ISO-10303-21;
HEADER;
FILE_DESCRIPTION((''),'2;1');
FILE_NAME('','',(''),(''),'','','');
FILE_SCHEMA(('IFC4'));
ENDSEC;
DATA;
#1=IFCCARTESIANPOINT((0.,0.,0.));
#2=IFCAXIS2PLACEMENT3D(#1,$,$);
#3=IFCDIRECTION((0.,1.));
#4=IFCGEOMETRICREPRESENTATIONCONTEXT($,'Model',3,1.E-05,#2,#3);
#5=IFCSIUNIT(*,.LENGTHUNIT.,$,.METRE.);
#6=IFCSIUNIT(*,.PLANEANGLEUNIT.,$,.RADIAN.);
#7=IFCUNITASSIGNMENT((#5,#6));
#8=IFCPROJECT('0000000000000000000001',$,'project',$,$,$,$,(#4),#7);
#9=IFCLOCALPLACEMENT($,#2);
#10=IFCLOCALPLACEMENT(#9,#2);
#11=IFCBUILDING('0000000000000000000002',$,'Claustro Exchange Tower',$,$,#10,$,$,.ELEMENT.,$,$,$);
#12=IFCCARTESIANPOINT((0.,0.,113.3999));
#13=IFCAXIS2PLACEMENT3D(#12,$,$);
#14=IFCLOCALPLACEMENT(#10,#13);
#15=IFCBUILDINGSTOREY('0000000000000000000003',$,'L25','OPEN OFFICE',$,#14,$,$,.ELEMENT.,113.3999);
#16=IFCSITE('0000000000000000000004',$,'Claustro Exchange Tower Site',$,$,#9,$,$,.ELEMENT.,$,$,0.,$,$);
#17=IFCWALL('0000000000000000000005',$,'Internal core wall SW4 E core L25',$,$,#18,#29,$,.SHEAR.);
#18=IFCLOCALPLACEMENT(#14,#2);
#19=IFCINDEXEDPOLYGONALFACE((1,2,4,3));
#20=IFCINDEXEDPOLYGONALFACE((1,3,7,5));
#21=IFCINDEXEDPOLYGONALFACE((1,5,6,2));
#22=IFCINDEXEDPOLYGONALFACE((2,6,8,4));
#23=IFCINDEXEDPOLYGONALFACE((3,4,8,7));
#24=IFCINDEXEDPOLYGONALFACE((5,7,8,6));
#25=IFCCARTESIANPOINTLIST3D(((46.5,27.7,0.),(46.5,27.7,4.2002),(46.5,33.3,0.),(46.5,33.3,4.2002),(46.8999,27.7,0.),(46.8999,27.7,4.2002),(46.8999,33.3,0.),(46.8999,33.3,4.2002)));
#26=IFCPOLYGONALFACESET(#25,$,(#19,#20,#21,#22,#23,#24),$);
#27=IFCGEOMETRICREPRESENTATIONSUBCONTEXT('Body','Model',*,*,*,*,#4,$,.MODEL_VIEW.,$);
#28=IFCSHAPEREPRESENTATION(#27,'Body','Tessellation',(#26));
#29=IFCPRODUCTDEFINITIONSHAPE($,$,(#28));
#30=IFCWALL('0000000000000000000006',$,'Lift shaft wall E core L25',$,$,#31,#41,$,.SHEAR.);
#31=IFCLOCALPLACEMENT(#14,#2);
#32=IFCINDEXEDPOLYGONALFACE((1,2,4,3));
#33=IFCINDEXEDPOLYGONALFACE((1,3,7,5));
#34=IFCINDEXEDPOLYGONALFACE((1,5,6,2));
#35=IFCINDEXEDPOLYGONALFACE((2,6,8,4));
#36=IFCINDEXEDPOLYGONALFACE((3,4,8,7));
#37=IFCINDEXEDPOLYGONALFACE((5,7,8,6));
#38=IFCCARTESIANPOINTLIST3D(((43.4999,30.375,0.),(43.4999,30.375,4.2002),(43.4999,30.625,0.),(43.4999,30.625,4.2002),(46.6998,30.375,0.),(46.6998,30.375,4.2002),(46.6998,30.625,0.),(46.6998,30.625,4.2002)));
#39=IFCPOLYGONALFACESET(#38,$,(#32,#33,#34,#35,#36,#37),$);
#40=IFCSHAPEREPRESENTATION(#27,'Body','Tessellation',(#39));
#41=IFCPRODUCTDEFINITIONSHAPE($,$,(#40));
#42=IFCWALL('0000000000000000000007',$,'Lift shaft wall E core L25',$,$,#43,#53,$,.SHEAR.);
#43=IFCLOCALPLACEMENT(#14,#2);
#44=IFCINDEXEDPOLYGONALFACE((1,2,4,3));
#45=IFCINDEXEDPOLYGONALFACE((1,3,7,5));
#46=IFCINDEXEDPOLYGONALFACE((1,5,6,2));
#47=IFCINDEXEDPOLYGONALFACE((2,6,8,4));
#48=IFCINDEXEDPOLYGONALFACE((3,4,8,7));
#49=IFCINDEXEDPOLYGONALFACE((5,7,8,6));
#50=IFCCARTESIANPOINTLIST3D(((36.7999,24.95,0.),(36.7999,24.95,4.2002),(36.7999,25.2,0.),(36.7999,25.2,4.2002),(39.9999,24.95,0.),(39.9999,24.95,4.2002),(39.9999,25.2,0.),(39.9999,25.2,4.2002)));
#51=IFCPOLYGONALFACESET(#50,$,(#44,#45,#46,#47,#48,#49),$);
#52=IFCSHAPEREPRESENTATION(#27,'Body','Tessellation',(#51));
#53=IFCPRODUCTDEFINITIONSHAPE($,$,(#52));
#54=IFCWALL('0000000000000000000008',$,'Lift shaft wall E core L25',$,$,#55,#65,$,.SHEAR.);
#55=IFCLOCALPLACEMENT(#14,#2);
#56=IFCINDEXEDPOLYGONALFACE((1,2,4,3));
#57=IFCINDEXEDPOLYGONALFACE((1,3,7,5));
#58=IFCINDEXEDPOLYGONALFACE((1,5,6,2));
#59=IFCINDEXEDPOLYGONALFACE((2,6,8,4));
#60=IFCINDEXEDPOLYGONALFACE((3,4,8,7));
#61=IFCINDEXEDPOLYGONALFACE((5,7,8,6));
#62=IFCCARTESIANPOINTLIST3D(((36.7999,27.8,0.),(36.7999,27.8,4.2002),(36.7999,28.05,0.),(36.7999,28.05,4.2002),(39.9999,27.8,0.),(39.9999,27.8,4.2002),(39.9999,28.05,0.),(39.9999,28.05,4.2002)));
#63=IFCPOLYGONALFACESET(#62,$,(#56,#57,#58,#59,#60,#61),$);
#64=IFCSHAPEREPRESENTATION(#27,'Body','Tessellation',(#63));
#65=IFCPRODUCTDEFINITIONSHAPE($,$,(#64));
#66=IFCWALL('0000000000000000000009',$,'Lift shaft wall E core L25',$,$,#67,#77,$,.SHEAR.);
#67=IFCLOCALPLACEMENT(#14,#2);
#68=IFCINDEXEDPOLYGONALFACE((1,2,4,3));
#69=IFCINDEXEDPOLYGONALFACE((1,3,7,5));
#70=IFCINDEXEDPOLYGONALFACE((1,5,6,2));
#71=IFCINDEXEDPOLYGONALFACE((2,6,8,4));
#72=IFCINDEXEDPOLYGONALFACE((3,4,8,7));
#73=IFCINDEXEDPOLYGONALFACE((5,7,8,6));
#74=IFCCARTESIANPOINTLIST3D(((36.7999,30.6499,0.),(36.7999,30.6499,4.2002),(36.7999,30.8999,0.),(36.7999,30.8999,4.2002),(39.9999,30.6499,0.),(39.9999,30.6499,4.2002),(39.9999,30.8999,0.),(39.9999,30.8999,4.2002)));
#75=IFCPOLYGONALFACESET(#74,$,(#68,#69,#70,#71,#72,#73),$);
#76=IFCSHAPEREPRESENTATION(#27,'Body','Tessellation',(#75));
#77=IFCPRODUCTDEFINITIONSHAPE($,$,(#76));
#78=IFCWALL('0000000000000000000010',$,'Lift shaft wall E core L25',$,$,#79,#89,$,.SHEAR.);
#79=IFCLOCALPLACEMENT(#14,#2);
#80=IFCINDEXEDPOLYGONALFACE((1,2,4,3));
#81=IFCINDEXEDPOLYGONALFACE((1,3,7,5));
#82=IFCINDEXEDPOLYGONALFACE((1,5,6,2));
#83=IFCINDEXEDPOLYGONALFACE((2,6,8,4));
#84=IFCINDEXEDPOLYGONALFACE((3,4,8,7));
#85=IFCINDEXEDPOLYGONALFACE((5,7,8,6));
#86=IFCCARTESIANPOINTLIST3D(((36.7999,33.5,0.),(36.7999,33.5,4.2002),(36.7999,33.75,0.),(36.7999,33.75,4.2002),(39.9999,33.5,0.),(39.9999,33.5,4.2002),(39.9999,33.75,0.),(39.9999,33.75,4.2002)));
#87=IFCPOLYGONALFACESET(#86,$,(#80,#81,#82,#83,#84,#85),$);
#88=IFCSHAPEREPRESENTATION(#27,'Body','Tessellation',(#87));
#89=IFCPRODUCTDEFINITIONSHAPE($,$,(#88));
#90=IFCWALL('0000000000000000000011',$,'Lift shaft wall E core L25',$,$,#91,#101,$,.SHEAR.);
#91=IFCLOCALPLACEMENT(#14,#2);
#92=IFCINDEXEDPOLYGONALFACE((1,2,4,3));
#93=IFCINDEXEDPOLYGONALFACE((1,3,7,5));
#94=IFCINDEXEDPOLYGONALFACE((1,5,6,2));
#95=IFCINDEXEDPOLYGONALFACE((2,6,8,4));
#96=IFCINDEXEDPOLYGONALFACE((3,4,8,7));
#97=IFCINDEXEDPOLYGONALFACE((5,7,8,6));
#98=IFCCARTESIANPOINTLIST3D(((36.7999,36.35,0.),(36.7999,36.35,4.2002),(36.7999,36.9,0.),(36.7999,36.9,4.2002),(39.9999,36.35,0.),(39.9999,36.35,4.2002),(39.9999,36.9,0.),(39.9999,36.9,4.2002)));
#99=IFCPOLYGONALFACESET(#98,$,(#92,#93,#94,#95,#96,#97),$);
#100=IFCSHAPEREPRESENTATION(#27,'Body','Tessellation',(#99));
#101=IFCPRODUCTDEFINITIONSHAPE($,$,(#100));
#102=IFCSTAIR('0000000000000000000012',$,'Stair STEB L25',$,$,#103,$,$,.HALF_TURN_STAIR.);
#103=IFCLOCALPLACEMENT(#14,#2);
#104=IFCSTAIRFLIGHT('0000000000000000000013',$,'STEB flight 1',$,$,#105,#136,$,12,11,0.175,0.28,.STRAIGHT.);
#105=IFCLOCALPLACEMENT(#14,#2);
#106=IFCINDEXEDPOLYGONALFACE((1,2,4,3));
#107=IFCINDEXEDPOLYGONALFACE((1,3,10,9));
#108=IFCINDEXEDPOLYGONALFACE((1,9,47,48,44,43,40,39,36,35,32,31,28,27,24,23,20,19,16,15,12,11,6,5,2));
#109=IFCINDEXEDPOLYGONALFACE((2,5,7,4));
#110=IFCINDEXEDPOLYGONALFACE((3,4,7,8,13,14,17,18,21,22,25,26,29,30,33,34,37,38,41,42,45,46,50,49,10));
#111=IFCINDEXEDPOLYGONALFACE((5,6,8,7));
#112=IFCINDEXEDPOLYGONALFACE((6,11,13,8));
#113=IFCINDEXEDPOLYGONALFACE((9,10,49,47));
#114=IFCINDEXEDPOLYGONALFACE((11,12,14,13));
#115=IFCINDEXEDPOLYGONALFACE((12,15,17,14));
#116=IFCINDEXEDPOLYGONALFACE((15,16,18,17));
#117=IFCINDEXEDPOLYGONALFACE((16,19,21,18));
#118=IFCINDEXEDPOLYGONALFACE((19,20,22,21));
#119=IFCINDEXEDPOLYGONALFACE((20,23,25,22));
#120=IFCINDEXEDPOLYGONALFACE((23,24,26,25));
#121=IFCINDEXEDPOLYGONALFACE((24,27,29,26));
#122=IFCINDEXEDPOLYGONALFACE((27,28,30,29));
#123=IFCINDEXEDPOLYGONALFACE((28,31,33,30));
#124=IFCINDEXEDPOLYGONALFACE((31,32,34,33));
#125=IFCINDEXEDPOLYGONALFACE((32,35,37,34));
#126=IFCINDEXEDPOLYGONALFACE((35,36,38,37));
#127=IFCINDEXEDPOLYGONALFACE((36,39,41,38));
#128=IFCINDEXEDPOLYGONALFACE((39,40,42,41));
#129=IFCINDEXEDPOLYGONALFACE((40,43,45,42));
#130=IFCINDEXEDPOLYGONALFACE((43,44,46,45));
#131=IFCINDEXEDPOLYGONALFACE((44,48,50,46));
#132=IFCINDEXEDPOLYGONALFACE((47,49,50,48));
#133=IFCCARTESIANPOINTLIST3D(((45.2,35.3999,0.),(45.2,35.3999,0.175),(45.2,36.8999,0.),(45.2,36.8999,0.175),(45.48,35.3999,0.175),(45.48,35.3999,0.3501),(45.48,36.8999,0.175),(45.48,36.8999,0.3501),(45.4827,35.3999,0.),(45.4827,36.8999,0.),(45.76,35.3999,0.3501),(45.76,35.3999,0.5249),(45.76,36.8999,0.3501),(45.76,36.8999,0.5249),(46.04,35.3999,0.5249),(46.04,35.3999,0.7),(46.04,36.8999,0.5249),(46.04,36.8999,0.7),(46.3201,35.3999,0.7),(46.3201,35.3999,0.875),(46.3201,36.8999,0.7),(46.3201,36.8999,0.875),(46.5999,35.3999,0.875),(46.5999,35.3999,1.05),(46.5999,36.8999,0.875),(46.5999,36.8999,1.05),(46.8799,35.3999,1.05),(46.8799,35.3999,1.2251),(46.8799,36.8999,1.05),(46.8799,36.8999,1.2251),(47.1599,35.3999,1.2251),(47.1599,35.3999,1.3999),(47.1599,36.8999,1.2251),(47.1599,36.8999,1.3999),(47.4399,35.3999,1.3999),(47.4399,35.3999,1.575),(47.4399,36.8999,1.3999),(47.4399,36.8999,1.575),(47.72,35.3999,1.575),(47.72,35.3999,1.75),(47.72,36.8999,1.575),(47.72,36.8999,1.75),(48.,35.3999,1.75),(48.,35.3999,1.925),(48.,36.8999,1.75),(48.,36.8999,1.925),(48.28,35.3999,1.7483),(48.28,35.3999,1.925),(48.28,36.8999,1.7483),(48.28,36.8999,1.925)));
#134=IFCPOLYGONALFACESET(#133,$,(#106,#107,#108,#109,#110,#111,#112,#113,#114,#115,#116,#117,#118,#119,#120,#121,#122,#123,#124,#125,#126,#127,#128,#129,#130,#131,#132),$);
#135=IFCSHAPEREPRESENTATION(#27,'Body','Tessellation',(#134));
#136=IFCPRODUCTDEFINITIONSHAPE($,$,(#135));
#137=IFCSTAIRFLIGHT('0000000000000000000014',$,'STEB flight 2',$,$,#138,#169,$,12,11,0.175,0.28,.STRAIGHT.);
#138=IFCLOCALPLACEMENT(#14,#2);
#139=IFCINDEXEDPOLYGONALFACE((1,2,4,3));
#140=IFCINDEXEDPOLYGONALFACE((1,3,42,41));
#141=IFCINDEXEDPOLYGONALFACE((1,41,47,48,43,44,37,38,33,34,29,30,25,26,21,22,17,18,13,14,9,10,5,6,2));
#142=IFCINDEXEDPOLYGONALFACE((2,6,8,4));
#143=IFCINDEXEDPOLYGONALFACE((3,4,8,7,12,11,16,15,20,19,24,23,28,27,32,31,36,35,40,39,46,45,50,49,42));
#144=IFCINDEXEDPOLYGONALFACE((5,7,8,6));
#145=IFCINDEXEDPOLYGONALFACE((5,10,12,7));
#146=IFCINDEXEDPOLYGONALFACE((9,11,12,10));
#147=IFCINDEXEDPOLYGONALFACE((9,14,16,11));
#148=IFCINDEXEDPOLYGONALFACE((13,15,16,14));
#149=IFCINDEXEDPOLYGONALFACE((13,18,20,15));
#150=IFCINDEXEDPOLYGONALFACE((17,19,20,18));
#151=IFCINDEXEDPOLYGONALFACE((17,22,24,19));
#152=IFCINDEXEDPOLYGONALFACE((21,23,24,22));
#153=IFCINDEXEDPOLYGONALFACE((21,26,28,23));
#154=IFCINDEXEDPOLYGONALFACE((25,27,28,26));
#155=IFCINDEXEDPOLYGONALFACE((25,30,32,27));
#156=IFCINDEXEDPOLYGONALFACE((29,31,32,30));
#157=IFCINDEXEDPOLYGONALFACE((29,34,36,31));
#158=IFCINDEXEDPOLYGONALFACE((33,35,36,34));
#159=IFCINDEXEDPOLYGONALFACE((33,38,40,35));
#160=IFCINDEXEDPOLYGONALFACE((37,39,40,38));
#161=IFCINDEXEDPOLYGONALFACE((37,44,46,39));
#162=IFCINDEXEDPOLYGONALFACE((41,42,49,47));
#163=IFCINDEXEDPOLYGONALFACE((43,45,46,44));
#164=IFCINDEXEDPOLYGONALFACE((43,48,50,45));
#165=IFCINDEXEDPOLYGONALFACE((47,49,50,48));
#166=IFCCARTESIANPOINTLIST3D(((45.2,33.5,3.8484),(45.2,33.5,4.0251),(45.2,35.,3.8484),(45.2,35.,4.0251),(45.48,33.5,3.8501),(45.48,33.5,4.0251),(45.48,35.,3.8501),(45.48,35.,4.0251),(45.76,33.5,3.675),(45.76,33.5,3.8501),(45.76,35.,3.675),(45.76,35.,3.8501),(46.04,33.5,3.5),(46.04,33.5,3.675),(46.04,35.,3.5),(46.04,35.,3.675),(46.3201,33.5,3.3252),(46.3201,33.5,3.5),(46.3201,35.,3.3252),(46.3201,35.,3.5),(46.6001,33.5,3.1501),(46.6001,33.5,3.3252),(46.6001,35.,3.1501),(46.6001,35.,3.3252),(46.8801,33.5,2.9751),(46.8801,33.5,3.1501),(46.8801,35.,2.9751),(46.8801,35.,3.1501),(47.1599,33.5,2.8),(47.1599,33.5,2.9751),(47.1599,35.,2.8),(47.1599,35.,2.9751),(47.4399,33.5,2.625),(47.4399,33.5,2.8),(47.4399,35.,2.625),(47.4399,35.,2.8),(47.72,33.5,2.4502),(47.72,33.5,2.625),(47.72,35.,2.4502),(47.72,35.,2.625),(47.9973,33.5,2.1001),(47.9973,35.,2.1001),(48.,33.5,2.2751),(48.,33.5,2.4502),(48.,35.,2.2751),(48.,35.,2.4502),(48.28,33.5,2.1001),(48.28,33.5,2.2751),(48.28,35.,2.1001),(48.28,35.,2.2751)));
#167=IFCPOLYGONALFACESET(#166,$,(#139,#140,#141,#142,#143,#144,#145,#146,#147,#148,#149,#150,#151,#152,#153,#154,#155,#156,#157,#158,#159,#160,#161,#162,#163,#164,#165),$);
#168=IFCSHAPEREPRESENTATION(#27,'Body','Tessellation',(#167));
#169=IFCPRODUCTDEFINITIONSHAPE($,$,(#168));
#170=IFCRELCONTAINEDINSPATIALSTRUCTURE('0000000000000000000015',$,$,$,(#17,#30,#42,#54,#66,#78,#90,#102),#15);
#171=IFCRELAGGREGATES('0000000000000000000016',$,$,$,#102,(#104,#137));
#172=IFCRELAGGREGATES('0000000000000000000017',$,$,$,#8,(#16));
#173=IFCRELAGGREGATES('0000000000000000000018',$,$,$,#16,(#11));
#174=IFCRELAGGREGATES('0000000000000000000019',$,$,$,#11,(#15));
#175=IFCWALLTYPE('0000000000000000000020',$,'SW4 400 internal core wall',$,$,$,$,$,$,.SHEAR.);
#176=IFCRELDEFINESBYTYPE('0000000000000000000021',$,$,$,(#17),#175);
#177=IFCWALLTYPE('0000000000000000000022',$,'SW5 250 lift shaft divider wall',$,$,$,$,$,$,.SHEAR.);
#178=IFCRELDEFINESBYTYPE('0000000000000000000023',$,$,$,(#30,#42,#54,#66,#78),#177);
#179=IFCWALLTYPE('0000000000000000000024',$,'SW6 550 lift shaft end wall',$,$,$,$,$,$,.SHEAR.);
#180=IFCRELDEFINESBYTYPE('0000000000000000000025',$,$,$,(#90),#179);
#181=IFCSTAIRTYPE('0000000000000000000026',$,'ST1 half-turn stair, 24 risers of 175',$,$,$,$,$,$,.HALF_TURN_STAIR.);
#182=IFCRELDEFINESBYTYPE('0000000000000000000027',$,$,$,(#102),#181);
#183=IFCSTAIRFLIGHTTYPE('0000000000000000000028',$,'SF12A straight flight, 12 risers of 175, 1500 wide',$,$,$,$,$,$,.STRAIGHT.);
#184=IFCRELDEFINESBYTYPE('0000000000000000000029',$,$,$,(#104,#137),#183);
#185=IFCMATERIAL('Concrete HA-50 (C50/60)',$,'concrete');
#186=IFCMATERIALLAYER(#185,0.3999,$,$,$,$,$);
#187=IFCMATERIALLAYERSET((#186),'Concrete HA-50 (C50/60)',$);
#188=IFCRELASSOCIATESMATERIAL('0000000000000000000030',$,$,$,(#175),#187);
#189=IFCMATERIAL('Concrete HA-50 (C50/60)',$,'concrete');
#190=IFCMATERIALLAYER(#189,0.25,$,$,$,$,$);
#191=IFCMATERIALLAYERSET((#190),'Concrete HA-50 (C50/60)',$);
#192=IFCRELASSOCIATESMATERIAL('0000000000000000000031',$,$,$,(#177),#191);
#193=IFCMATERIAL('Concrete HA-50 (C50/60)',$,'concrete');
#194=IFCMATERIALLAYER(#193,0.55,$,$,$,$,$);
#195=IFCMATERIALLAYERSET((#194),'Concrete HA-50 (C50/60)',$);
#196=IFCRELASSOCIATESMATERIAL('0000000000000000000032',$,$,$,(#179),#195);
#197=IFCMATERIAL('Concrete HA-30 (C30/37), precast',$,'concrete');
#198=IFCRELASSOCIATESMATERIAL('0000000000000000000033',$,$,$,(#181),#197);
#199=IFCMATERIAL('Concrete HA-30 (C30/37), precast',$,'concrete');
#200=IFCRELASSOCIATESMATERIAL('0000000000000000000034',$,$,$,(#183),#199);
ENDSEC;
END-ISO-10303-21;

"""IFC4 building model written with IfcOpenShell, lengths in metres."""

from ifc_helpers import new_model, si_unit, direction, frame, frame_2d, origin, place, context, subcontext, project, spatial, polyline, rectangle, outline, extrude, material, layer, layer_set, type_object, element, aggregate, save


model = new_model("IFC4")

# Units and contexts
model_context = context("Model", 3, precision=1e-05, world=origin(), true_north=direction((0.0, 1.0)))
body_context = subcontext(model_context, "Body", "Model", "MODEL_VIEW")
ifc_project = project(units=[si_unit("LENGTHUNIT", "METRE"), si_unit("PLANEANGLEUNIT", "RADIAN")], contexts=[model_context])

# Site, building, storey
site_placement = place(None, origin())
site = spatial("IfcSite", under=ifc_project, at=site_placement, Name="Claustro Exchange Tower Site", CompositionType="ELEMENT", RefElevation=0.0)
building_placement = place(site_placement, origin())
building = spatial("IfcBuilding", under=site, at=building_placement, Name="Claustro Exchange Tower", CompositionType="ELEMENT")
storey_placement = place(building_placement, frame((0.0, 0.0, 113.3999)))
storey = spatial("IfcBuildingStorey", under=building, at=storey_placement, Name="L25", Description="OPEN OFFICE", CompositionType="ELEMENT", Elevation=113.3999)

# Walls
ifc_material_1 = material(Name="Concrete HA-50 (C50/60)", Category="concrete")
ifc_layer_1 = layer(ifc_material_1, 0.3999)
ifc_layer_set_1 = layer_set([ifc_layer_1], Name="Concrete HA-50 (C50/60)")
wall_type_1 = type_object("IfcWallType", Name="SW4 400 internal core wall", PredefinedType="SHEAR", material=ifc_layer_set_1)
wall_1_placement = place(storey_placement, frame((46.7, 27.7, 0.0), z_axis=(0.0, 0.0, 1.0), x_axis=(0.0, 1.0, 0.0)))
element("IfcWall", 1, at=wall_1_placement, inside=storey, type_object=wall_type_1, Name="Internal core wall SW4 E core L25", PredefinedType="SHEAR", context=body_context, shape_type="SweptSolid", body=[
    extrude(rectangle(XDim=5.6001, YDim=0.3999, at=frame_2d((2.8, 0.0))), origin(), (0.0, 0.0, 1.0), 4.2002),
])
ifc_material_2 = material(Name="Concrete HA-50 (C50/60)", Category="concrete")
ifc_layer_2 = layer(ifc_material_2, 0.25)
ifc_layer_set_2 = layer_set([ifc_layer_2], Name="Concrete HA-50 (C50/60)")
wall_type_2 = type_object("IfcWallType", Name="SW5 250 lift shaft divider wall", PredefinedType="SHEAR", material=ifc_layer_set_2)
for number, where, z_axis, x_axis, name in (
    (2, (46.7, 30.5, 0.0), (0.0, 0.0, 1.0), (-1.0, 0.0, 0.0), "Lift shaft wall E core L25"),
    (3, (40.0, 25.075, 0.0), (0.0, 0.0, 1.0), (-1.0, 0.0, 0.0), "Lift shaft wall E core L25"),
    (4, (40.0, 27.925, 0.0), (0.0, 0.0, 1.0), (-1.0, 0.0, 0.0), "Lift shaft wall E core L25"),
    (5, (40.0, 30.7749, 0.0), (0.0, 0.0, 1.0), (-1.0, 0.0, 0.0), "Lift shaft wall E core L25"),
    (6, (40.0, 33.625, 0.0), (0.0, 0.0, 1.0), (-1.0, 0.0, 0.0), "Lift shaft wall E core L25"),
):
    element("IfcWall", number, at=place(storey_placement, frame(where, z_axis=z_axis, x_axis=x_axis)), inside=storey, type_object=wall_type_2, Name=name, PredefinedType="SHEAR", context=body_context, shape_type="SweptSolid", body=[
        extrude(rectangle(XDim=3.2, YDim=0.25, at=frame_2d((1.6001, 0.0))), origin(), (0.0, 0.0, 1.0), 4.2002),
    ])
ifc_material_3 = material(Name="Concrete HA-50 (C50/60)", Category="concrete")
ifc_layer_3 = layer(ifc_material_3, 0.55)
ifc_layer_set_3 = layer_set([ifc_layer_3], Name="Concrete HA-50 (C50/60)")
wall_type_3 = type_object("IfcWallType", Name="SW6 550 lift shaft end wall", PredefinedType="SHEAR", material=ifc_layer_set_3)
wall_2_placement = place(storey_placement, frame((40.0, 36.625, 0.0), z_axis=(0.0, 0.0, 1.0), x_axis=(-1.0, 0.0, 0.0)))
element("IfcWall", 7, at=wall_2_placement, inside=storey, type_object=wall_type_3, Name="Lift shaft wall E core L25", PredefinedType="SHEAR", context=body_context, shape_type="SweptSolid", body=[
    extrude(rectangle(XDim=3.2, YDim=0.55, at=frame_2d((1.6001, 0.0))), origin(), (0.0, 0.0, 1.0), 4.2002),
])

# Stair, stair flights
ifc_material_4 = material(Name="Concrete HA-30 (C30/37), precast", Category="concrete")
stair_type = type_object("IfcStairType", Name="ST1 half-turn stair, 24 risers of 175", PredefinedType="HALF_TURN_STAIR", material=ifc_material_4)
stair_placement = place(storey_placement, origin())
stair = element("IfcStair", 8, at=stair_placement, inside=storey, type_object=stair_type, Name="Stair STEB L25", PredefinedType="HALF_TURN_STAIR")
ifc_material_5 = material(Name="Concrete HA-30 (C30/37), precast", Category="concrete")
stair_flight_type = type_object("IfcStairFlightType", Name="SF12A straight flight, 12 risers of 175, 1500 wide", PredefinedType="STRAIGHT", material=ifc_material_5)
stair_flight_1_placement = place(storey_placement, frame((45.2, 36.1499, 0.0), z_axis=(0.0, 0.0, 1.0), x_axis=(1.0, 0.0, 0.0)))
stair_flight_1 = element("IfcStairFlight", 9, at=stair_flight_1_placement, type_object=stair_flight_type, Name="STEB flight 1", NumberOfRisers=12, NumberOfTreads=11, PredefinedType="STRAIGHT", RiserHeight=0.175, TreadLength=0.28, context=body_context, shape_type="SweptSolid", body=[
    extrude(outline(polyline([(0.0, 0.0), (0.0, 0.175), (0.28, 0.175), (0.28, 0.3501), (0.5601, 0.3501), (0.5601, 0.5249), (0.8401, 0.5249), (0.8401, 0.7), (1.1201, 0.7), (1.1201, 0.875), (1.3999, 0.875), (1.3999, 1.05), (1.6799, 1.05), (1.6799, 1.2251), (1.96, 1.2251), (1.96, 1.3999), (2.24, 1.3999), (2.24, 1.575), (2.52, 1.575), (2.52, 1.75), (2.8, 1.75), (2.8, 1.925), (3.0801, 1.925), (3.0801, 2.1001), (3.0801, 1.7483), (0.2827, 0.0), (0.0, 0.0)])), frame((0.0, 0.75, 0.0), z_axis=(0.0, -1.0, 0.0), x_axis=(1.0, 0.0, 0.0)), (0.0, 0.0, 1.0), 1.5),
])
stair_flight_2_placement = place(storey_placement, frame((48.28, 34.25, 2.1001), z_axis=(0.0, 0.0, 1.0), x_axis=(-1.0, 0.0, 0.0)))
stair_flight_2 = element("IfcStairFlight", 10, at=stair_flight_2_placement, type_object=stair_flight_type, Name="STEB flight 2", NumberOfRisers=12, NumberOfTreads=11, PredefinedType="STRAIGHT", RiserHeight=0.175, TreadLength=0.28, context=body_context, shape_type="SweptSolid", body=[
    extrude(outline(polyline([(0.0, 0.0), (0.0, 0.175), (0.28, 0.175), (0.28, 0.3501), (0.5601, 0.3501), (0.5601, 0.5249), (0.8401, 0.5249), (0.8401, 0.7), (1.1201, 0.7), (1.1201, 0.875), (1.3999, 0.875), (1.3999, 1.05), (1.6799, 1.05), (1.6799, 1.2251), (1.96, 1.2251), (1.96, 1.3999), (2.24, 1.3999), (2.24, 1.575), (2.52, 1.575), (2.52, 1.75), (2.8, 1.75), (2.8, 1.925), (3.0801, 1.925), (3.0801, 2.1001), (3.0801, 1.7483), (0.2827, 0.0), (0.0, 0.0)])), frame((0.0, 0.75, 0.0), z_axis=(0.0, -1.0, 0.0), x_axis=(1.0, 0.0, 0.0)), (0.0, 0.0, 1.0), 1.5),
])
aggregate(stair, [stair_flight_1, stair_flight_2])

save(model, "model.ifc")
